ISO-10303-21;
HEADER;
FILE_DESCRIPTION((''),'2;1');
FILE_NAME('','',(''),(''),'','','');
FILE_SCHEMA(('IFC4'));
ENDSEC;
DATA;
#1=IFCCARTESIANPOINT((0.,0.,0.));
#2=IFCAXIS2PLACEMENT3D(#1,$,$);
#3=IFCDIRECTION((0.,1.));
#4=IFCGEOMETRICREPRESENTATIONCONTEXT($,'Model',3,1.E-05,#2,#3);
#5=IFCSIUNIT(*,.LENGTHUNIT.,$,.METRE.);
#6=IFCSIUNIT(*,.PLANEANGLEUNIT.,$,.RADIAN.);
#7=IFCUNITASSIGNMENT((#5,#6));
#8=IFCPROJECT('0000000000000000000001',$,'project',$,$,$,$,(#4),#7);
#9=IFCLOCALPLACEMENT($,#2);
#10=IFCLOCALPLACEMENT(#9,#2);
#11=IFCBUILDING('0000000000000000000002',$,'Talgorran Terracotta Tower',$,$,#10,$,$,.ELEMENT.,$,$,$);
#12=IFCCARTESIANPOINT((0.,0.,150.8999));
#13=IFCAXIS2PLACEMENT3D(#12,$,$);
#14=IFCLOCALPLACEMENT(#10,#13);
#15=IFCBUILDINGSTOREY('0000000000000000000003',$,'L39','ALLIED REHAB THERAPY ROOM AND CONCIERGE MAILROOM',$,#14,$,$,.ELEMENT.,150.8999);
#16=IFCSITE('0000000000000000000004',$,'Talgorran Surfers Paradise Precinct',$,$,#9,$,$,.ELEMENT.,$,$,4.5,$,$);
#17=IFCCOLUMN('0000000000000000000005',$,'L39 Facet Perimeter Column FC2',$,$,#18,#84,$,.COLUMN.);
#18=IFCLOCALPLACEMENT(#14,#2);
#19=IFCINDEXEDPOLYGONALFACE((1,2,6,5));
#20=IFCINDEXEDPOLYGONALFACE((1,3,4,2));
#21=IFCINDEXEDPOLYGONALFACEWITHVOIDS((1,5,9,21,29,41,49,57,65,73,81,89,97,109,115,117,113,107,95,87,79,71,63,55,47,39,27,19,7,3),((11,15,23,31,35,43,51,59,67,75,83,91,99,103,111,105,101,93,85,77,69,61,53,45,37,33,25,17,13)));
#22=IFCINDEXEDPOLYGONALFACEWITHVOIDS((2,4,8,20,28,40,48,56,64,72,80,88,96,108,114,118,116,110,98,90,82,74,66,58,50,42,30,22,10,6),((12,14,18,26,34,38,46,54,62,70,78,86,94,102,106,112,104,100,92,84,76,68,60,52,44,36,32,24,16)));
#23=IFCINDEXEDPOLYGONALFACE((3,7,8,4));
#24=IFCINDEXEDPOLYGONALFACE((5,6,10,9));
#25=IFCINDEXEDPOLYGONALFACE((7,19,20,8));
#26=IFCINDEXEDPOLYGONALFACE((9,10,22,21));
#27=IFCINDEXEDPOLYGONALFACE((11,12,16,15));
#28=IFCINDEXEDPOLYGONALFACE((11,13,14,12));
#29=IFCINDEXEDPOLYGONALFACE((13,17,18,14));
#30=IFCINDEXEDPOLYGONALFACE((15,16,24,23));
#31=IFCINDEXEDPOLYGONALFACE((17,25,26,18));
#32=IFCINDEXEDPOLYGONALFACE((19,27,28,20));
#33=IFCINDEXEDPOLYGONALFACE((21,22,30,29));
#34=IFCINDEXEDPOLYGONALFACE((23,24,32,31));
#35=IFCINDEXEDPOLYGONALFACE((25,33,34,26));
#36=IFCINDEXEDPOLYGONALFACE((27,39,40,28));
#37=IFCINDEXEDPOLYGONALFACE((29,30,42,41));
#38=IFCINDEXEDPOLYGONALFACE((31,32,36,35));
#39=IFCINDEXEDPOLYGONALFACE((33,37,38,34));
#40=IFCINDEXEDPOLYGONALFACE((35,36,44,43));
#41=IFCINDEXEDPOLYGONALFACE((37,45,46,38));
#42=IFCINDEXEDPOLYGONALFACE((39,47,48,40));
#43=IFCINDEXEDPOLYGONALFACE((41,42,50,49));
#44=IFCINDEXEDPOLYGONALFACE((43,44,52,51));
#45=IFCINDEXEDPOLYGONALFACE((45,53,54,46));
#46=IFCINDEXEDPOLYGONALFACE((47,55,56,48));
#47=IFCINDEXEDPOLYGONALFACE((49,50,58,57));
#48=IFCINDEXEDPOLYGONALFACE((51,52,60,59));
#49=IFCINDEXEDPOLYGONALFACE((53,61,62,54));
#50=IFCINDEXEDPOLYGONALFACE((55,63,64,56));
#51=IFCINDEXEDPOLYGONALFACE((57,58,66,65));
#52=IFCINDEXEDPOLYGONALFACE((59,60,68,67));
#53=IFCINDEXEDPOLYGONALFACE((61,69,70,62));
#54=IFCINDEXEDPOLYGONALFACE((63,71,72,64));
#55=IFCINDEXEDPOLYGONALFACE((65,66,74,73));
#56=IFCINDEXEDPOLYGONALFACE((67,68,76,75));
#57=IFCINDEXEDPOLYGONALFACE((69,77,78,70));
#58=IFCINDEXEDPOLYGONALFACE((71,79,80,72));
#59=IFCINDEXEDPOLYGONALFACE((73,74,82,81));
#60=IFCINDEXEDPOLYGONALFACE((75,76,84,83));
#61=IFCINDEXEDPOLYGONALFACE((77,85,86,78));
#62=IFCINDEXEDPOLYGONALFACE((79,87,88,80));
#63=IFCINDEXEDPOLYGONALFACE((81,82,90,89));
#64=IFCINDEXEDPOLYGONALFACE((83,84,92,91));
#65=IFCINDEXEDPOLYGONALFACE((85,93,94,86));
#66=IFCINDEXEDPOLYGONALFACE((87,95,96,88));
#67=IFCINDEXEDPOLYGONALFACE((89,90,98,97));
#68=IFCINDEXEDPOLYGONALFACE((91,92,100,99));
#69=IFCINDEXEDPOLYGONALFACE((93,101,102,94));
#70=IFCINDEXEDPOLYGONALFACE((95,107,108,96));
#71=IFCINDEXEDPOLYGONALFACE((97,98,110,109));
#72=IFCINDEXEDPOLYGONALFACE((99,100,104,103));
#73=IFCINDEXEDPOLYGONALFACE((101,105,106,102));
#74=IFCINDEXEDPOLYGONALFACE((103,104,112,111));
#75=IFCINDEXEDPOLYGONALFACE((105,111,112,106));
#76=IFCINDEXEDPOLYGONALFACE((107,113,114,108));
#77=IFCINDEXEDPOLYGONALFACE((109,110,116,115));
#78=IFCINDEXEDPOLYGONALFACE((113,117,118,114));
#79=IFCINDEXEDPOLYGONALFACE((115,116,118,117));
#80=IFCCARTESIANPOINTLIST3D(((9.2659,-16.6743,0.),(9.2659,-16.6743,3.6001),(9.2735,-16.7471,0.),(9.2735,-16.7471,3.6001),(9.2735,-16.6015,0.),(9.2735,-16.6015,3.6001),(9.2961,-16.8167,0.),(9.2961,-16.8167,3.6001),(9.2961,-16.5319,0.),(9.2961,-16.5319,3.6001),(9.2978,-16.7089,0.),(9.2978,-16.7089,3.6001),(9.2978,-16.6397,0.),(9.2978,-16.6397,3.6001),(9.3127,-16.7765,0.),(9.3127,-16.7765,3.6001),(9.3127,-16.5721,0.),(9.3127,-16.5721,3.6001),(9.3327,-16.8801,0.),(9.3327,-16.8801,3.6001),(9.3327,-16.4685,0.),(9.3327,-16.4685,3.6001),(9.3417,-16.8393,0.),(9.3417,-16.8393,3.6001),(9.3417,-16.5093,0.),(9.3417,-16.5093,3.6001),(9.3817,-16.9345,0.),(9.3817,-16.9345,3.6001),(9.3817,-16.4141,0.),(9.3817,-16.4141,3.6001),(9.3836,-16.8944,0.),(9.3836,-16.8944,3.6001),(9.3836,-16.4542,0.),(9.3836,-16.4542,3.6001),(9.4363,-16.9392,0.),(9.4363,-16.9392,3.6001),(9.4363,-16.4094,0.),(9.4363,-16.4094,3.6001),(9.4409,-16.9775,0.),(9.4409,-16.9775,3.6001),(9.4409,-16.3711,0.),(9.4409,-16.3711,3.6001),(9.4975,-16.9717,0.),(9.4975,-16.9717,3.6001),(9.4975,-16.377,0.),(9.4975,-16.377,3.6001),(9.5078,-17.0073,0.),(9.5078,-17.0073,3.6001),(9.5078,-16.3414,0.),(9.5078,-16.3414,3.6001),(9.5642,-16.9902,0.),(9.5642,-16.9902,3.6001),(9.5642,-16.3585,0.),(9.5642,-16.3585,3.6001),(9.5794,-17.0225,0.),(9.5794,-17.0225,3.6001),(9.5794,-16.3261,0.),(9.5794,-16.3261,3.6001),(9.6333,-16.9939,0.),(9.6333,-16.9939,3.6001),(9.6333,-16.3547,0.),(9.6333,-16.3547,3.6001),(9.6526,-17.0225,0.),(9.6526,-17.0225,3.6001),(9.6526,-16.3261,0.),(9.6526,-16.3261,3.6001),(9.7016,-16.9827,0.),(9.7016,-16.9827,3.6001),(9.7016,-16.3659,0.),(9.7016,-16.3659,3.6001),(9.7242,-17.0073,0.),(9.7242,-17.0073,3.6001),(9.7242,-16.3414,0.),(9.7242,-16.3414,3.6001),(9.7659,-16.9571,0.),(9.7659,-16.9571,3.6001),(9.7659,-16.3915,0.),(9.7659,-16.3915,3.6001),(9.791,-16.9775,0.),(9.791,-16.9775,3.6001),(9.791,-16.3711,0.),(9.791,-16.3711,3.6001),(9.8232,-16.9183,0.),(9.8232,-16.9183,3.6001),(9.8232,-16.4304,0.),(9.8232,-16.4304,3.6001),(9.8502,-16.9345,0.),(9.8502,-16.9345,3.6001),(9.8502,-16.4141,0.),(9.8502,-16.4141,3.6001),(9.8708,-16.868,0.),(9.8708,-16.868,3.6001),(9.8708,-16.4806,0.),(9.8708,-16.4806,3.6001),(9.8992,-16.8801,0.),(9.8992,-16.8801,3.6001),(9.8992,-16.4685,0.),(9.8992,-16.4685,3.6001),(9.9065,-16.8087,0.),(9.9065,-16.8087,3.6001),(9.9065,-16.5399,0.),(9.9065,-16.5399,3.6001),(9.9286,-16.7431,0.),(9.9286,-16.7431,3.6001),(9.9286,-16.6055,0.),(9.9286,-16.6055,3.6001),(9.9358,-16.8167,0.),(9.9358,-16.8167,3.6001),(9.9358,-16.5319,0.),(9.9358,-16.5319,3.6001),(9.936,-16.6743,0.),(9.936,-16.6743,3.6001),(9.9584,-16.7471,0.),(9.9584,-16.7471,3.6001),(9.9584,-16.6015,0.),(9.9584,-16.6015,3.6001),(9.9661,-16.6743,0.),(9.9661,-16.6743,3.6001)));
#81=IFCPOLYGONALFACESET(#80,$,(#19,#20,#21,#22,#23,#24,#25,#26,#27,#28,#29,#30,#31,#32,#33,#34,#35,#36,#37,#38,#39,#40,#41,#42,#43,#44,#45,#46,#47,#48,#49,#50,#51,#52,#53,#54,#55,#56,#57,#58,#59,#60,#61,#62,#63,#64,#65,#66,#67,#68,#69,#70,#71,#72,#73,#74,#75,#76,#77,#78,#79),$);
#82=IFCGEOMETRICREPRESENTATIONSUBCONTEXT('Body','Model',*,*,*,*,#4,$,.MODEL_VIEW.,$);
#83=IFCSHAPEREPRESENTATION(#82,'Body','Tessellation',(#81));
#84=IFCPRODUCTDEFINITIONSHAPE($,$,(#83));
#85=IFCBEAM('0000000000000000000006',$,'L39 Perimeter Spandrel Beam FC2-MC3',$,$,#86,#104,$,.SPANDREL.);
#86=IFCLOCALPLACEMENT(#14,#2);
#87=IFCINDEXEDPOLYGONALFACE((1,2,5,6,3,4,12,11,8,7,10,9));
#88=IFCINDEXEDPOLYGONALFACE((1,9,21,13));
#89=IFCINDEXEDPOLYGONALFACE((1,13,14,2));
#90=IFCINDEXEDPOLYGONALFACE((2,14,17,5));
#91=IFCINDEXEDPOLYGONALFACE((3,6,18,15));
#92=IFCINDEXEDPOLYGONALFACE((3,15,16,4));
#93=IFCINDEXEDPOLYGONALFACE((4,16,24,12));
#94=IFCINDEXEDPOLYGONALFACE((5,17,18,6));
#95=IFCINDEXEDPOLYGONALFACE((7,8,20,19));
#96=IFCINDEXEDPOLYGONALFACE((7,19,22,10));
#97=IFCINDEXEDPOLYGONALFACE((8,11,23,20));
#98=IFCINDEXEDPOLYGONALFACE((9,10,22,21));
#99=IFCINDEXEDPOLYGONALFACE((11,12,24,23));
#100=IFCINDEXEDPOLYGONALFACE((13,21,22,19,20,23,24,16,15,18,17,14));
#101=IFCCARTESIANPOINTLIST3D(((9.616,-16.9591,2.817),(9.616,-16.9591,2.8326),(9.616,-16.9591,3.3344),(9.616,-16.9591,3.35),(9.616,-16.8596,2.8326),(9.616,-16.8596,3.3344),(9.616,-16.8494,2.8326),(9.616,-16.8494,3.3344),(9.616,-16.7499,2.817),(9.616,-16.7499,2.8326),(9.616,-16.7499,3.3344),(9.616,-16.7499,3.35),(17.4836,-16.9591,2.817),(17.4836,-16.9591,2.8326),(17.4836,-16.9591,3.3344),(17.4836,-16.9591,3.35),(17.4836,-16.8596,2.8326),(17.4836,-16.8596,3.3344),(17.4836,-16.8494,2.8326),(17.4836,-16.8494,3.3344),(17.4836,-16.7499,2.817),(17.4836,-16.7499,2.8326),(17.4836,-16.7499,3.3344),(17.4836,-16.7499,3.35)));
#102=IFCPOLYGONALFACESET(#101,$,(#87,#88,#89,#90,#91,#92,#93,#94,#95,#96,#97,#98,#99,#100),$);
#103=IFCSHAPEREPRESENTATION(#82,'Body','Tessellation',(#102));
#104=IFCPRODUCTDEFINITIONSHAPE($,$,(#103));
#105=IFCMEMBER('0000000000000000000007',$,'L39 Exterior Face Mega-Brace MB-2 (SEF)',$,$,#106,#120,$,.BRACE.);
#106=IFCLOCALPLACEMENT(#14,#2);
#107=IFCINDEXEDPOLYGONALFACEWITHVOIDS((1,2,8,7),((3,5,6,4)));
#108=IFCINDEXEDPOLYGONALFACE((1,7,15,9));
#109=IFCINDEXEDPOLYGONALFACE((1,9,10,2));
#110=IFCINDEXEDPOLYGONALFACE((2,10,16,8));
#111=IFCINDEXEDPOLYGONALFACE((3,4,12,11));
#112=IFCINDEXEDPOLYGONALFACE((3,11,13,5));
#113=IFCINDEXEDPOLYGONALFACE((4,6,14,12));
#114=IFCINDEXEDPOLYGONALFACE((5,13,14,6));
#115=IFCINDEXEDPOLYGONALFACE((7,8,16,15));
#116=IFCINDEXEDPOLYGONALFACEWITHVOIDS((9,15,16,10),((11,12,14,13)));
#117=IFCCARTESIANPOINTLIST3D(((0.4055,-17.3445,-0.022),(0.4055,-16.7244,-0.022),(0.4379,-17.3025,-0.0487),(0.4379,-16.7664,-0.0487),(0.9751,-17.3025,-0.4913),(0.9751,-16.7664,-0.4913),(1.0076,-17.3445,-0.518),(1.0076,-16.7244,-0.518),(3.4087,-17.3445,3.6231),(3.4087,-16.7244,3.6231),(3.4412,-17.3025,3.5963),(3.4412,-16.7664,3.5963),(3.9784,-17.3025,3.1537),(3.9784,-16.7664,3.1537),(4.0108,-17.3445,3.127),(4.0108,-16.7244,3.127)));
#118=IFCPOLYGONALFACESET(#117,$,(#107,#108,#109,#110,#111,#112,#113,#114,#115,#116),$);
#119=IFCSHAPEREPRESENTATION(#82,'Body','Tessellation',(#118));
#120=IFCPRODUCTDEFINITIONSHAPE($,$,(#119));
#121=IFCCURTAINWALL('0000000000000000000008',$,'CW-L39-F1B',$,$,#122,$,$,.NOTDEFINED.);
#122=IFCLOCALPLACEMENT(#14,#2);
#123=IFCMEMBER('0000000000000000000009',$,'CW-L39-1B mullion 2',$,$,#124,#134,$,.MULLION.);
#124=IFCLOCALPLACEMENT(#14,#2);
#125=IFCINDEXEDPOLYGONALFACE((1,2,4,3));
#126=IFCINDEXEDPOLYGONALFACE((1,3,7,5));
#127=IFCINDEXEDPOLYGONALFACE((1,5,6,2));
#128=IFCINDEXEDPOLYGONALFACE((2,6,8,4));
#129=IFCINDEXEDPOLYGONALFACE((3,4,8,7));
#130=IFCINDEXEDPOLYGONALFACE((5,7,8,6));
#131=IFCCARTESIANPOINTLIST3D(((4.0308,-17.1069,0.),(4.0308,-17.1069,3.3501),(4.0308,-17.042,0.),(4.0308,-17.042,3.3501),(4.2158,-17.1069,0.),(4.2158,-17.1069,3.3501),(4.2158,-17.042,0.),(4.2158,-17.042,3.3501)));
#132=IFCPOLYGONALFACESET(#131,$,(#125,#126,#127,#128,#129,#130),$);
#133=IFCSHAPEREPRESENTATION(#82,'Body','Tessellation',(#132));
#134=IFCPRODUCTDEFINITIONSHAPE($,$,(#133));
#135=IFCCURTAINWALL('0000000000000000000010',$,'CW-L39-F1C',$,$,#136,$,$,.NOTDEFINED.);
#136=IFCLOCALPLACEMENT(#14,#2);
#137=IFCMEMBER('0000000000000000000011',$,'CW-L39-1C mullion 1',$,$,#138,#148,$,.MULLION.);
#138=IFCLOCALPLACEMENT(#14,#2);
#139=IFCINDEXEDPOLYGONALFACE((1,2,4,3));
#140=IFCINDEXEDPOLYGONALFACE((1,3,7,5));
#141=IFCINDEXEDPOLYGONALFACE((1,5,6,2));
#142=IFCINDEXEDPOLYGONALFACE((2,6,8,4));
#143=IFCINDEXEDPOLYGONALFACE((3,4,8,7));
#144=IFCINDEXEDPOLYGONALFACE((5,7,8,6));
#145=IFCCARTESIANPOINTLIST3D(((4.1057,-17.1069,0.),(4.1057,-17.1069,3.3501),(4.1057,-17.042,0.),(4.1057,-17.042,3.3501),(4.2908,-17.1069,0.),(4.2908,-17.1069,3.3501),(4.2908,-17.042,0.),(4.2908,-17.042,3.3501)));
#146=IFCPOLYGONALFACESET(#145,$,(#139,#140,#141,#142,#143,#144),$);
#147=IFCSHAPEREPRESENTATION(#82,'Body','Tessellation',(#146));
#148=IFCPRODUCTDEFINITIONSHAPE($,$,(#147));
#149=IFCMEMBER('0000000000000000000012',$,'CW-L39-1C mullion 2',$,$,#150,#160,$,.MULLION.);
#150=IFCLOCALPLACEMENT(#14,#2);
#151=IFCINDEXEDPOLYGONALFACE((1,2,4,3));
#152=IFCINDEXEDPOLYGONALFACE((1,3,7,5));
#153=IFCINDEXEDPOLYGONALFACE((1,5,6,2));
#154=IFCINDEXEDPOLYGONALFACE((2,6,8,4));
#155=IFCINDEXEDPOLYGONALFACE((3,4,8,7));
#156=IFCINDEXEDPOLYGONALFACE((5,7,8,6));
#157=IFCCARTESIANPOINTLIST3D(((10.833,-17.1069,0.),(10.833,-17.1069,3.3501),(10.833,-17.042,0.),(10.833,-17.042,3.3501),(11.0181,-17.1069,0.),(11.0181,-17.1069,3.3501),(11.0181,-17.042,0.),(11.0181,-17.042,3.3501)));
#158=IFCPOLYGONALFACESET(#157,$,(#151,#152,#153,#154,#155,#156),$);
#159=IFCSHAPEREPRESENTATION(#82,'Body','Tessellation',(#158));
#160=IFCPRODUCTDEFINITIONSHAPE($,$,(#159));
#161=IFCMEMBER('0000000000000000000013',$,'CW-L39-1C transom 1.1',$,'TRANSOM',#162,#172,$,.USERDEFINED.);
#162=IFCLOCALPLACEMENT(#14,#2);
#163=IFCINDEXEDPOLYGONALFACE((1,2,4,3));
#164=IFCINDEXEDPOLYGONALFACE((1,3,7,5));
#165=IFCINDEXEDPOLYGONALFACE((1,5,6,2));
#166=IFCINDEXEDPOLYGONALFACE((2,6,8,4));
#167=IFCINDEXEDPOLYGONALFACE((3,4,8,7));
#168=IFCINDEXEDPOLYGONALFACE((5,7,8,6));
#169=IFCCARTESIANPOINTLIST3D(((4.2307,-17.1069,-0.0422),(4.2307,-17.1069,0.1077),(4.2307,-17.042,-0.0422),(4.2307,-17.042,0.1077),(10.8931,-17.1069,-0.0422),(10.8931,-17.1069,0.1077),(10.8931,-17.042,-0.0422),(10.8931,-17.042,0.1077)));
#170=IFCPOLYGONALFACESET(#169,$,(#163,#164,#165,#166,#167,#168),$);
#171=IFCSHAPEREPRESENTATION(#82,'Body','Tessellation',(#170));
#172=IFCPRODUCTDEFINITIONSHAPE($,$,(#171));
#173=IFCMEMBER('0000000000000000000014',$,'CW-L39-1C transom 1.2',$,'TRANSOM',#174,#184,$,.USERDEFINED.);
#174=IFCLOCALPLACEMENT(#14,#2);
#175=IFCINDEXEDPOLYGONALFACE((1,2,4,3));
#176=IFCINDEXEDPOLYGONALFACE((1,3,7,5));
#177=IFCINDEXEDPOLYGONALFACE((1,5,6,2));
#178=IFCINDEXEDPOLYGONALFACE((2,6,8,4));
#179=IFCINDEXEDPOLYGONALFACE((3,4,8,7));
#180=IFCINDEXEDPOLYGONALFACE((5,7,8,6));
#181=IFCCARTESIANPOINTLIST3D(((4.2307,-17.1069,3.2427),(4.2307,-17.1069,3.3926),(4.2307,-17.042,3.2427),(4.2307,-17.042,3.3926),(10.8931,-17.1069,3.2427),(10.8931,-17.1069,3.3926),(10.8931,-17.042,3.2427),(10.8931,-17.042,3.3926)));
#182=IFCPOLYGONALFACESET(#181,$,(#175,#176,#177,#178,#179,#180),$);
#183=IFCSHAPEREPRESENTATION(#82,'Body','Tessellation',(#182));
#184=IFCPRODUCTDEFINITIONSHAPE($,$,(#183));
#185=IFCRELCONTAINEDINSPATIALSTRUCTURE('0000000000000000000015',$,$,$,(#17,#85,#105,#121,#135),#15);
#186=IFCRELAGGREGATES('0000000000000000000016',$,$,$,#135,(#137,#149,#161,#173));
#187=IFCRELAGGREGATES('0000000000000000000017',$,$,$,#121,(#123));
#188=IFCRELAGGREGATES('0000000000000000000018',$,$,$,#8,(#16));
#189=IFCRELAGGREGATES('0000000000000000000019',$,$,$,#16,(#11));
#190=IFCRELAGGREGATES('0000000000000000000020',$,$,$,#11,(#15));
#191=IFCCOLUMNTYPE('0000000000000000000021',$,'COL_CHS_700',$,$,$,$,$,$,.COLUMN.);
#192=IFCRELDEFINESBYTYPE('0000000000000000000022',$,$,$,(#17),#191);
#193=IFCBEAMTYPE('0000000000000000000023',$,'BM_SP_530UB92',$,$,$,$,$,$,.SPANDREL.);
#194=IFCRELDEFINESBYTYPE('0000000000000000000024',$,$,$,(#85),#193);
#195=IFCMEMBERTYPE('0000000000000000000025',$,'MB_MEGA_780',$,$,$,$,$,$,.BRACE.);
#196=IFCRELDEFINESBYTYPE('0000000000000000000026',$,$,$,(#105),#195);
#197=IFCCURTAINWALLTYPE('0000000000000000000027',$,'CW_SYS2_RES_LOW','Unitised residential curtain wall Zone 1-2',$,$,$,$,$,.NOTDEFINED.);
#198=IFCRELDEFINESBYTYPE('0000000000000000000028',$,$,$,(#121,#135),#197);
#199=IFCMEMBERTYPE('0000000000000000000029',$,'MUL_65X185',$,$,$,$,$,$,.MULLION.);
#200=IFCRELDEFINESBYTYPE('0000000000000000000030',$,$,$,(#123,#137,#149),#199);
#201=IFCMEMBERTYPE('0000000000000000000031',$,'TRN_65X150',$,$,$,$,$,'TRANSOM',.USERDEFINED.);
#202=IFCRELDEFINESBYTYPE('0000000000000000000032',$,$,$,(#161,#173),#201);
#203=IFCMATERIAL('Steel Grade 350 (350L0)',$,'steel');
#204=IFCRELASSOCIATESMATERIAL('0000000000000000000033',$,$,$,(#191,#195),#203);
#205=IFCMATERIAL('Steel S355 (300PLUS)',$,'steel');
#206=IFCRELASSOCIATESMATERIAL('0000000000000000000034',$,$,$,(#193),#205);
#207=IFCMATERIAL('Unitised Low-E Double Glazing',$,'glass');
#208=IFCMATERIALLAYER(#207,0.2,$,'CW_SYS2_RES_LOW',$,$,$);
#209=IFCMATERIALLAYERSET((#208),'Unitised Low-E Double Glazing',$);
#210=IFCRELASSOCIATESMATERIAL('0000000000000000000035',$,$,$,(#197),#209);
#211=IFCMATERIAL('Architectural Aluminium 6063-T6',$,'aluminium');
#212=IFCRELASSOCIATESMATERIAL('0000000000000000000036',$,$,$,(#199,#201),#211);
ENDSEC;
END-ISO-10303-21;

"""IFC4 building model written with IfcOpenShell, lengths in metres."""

from ifc_helpers import new_model, si_unit, direction, frame, origin, origin_2d, place, context, subcontext, project, spatial, rectangle, hollow_rectangle, hollow_circle, i_section, extrude, material, layer, layer_set, material_profile, profile_set, type_object, element, aggregate, save


model = new_model("IFC4")

# Units and contexts
model_context = context("Model", 3, precision=1e-05, world=origin(), true_north=direction((0.0, 1.0)))
body_context = subcontext(model_context, "Body", "Model", "MODEL_VIEW")
ifc_project = project(units=[si_unit("LENGTHUNIT", "METRE"), si_unit("PLANEANGLEUNIT", "RADIAN")], contexts=[model_context])

# Site, building, storey
site_placement = place(None, origin())
site = spatial("IfcSite", under=ifc_project, at=site_placement, Name="Talgorran Surfers Paradise Precinct", CompositionType="ELEMENT", RefElevation=4.5)
building_placement = place(site_placement, origin())
building = spatial("IfcBuilding", under=site, at=building_placement, Name="Talgorran Terracotta Tower", CompositionType="ELEMENT")
storey_placement = place(building_placement, frame((0.0, 0.0, 150.8999)))
storey = spatial("IfcBuildingStorey", under=building, at=storey_placement, Name="L39", Description="ALLIED REHAB THERAPY ROOM AND CONCIERGE MAILROOM", CompositionType="ELEMENT", Elevation=150.8999)

# Column
ifc_material_1 = material(Name="Steel Grade 350 (350L0)", Category="steel")
ifc_material_profile_1 = material_profile(ifc_material_1, hollow_circle(Radius=0.3501, WallThickness=0.03, at=origin_2d()), Name="CHS700X30")
ifc_profile_set_1 = profile_set([ifc_material_profile_1], Name="Steel Grade 350 (350L0)")
column_type = type_object("IfcColumnType", Name="COL_CHS_700", PredefinedType="COLUMN", material=ifc_profile_set_1)
column_placement = place(storey_placement, frame((9.616, -16.6743, 0.0), z_axis=(0.0, 0.0, 1.0), x_axis=(1.0, 0.0, 0.0)))
element("IfcColumn", 1, at=column_placement, inside=storey, type_object=column_type, Name="L39 Facet Perimeter Column FC2", PredefinedType="COLUMN", context=body_context, shape_type="SweptSolid", body=[
    extrude(hollow_circle(Radius=0.3501, WallThickness=0.03, at=origin_2d()), origin(), (0.0, 0.0, 1.0), 3.6001),
])

# Beam
ifc_material_2 = material(Name="Steel S355 (300PLUS)", Category="steel")
ifc_material_profile_2 = material_profile(ifc_material_2, i_section(OverallWidth=0.2092, OverallDepth=0.533, WebThickness=0.0103, FlangeThickness=0.0156, at=origin_2d()), Name="530UB92.4")
ifc_profile_set_2 = profile_set([ifc_material_profile_2], Name="Steel S355 (300PLUS)")
beam_type = type_object("IfcBeamType", Name="BM_SP_530UB92", PredefinedType="SPANDREL", material=ifc_profile_set_2)
beam_placement = place(storey_placement, frame((9.616, -16.8545, 3.0835), z_axis=(1.0, 0.0, 0.0), x_axis=(0.0, 1.0, 0.0)))
element("IfcBeam", 2, at=beam_placement, inside=storey, type_object=beam_type, Name="L39 Perimeter Spandrel Beam FC2-MC3", PredefinedType="SPANDREL", context=body_context, shape_type="SweptSolid", body=[
    extrude(i_section(OverallWidth=0.2092, OverallDepth=0.533, WebThickness=0.0103, FlangeThickness=0.0156, at=origin_2d()), origin(), (0.0, 0.0, 1.0), 7.8677),
])

# Member
ifc_material_profile_3 = material_profile(ifc_material_1, hollow_rectangle(XDim=0.6201, YDim=0.78, WallThickness=0.042, at=origin_2d()), Name="WBOX780X620X42")
ifc_profile_set_3 = profile_set([ifc_material_profile_3], Name="Steel Grade 350 (350L0)")
member_type_1 = type_object("IfcMemberType", Name="MB_MEGA_780", PredefinedType="BRACE", material=ifc_profile_set_3)
member_1_placement = place(storey_placement, frame((0.7065, -17.0344, -0.27), z_axis=(0.635883, 0.0, 0.771785), x_axis=(0.0, 1.0, 0.0)))
element("IfcMember", 3, at=member_1_placement, inside=storey, type_object=member_type_1, Name="L39 Exterior Face Mega-Brace MB-2 (SEF)", PredefinedType="BRACE", context=body_context, shape_type="SweptSolid", body=[
    extrude(hollow_rectangle(XDim=0.6201, YDim=0.78, WallThickness=0.042, at=origin_2d()), origin(), (0.0, 0.0, 1.0), 4.7229),
])

# Curtain wall, member
ifc_material_3 = material(Name="Unitised Low-E Double Glazing", Category="glass")
ifc_layer_1 = layer(ifc_material_3, 0.2, Name="CW_SYS2_RES_LOW")
ifc_layer_set_1 = layer_set([ifc_layer_1], Name="Unitised Low-E Double Glazing")
curtain_wall_type = type_object("IfcCurtainWallType", Name="CW_SYS2_RES_LOW", Description="Unitised residential curtain wall Zone 1-2", PredefinedType="NOTDEFINED", material=ifc_layer_set_1)
curtain_wall_1_placement = place(storey_placement, origin())
curtain_wall_1 = element("IfcCurtainWall", 4, at=curtain_wall_1_placement, inside=storey, type_object=curtain_wall_type, Name="CW-L39-F1B", PredefinedType="NOTDEFINED")
ifc_material_4 = material(Name="Architectural Aluminium 6063-T6", Category="aluminium")
ifc_material_profile_4 = material_profile(ifc_material_4, rectangle(XDim=0.0649, YDim=0.1851, at=origin_2d()), Name="CWM65X185")
ifc_profile_set_4 = profile_set([ifc_material_profile_4], Name="Architectural Aluminium 6063-T6")
member_type_2 = type_object("IfcMemberType", Name="MUL_65X185", PredefinedType="MULLION", material=ifc_profile_set_4)
member_2_placement = place(storey_placement, frame((4.1233, -17.0745, 0.0), z_axis=(0.0, 0.0, 1.0), x_axis=(0.0, 1.0, 0.0)))
member_2 = element("IfcMember", 5, at=member_2_placement, type_object=member_type_2, Name="CW-L39-1B mullion 2", PredefinedType="MULLION", context=body_context, shape_type="SweptSolid", body=[
    extrude(rectangle(XDim=0.0649, YDim=0.1851, at=origin_2d()), origin(), (0.0, 0.0, 1.0), 3.3501),
])

# Curtain wall, members
curtain_wall_2_placement = place(storey_placement, origin())
curtain_wall_2 = element("IfcCurtainWall", 6, at=curtain_wall_2_placement, inside=storey, type_object=curtain_wall_type, Name="CW-L39-F1C", PredefinedType="NOTDEFINED")
member_3_placement = place(storey_placement, frame((4.1982, -17.0745, 0.0), z_axis=(0.0, 0.0, 1.0), x_axis=(0.0, 1.0, 0.0)))
member_3 = element("IfcMember", 7, at=member_3_placement, type_object=member_type_2, Name="CW-L39-1C mullion 1", PredefinedType="MULLION", context=body_context, shape_type="SweptSolid", body=[
    extrude(rectangle(XDim=0.0649, YDim=0.1851, at=origin_2d()), origin(), (0.0, 0.0, 1.0), 3.3501),
])
member_4_placement = place(storey_placement, frame((10.9255, -17.0745, 0.0), z_axis=(0.0, 0.0, 1.0), x_axis=(0.0, 1.0, 0.0)))
member_4 = element("IfcMember", 8, at=member_4_placement, type_object=member_type_2, Name="CW-L39-1C mullion 2", PredefinedType="MULLION", context=body_context, shape_type="SweptSolid", body=[
    extrude(rectangle(XDim=0.0649, YDim=0.1851, at=origin_2d()), origin(), (0.0, 0.0, 1.0), 3.3501),
])
ifc_material_profile_5 = material_profile(ifc_material_4, rectangle(XDim=0.0649, YDim=0.1499, at=origin_2d()), Name="CWT65X150")
ifc_profile_set_5 = profile_set([ifc_material_profile_5], Name="Architectural Aluminium 6063-T6")
member_type_3 = type_object("IfcMemberType", Name="TRN_65X150", ElementType="TRANSOM", PredefinedType="USERDEFINED", material=ifc_profile_set_5)
member_5_placement = place(storey_placement, frame((4.2307, -17.0745, 0.0327), z_axis=(1.0, 0.0, 0.0), x_axis=(0.0, 1.0, 0.0)))
member_5 = element("IfcMember", 9, at=member_5_placement, type_object=member_type_3, Name="CW-L39-1C transom 1.1", ObjectType="TRANSOM", PredefinedType="USERDEFINED", context=body_context, shape_type="SweptSolid", body=[
    extrude(rectangle(XDim=0.0649, YDim=0.1499, at=origin_2d()), origin(), (0.0, 0.0, 1.0), 6.6624),
])
member_6_placement = place(storey_placement, frame((4.2307, -17.0745, 3.3176), z_axis=(1.0, 0.0, 0.0), x_axis=(0.0, 1.0, 0.0)))
member_6 = element("IfcMember", 10, at=member_6_placement, type_object=member_type_3, Name="CW-L39-1C transom 1.2", ObjectType="TRANSOM", PredefinedType="USERDEFINED", context=body_context, shape_type="SweptSolid", body=[
    extrude(rectangle(XDim=0.0649, YDim=0.1499, at=origin_2d()), origin(), (0.0, 0.0, 1.0), 6.6624),
])

aggregate(curtain_wall_2, [member_3, member_4, member_5, member_6])
aggregate(curtain_wall_1, [member_2])

save(model, "model.ifc")
